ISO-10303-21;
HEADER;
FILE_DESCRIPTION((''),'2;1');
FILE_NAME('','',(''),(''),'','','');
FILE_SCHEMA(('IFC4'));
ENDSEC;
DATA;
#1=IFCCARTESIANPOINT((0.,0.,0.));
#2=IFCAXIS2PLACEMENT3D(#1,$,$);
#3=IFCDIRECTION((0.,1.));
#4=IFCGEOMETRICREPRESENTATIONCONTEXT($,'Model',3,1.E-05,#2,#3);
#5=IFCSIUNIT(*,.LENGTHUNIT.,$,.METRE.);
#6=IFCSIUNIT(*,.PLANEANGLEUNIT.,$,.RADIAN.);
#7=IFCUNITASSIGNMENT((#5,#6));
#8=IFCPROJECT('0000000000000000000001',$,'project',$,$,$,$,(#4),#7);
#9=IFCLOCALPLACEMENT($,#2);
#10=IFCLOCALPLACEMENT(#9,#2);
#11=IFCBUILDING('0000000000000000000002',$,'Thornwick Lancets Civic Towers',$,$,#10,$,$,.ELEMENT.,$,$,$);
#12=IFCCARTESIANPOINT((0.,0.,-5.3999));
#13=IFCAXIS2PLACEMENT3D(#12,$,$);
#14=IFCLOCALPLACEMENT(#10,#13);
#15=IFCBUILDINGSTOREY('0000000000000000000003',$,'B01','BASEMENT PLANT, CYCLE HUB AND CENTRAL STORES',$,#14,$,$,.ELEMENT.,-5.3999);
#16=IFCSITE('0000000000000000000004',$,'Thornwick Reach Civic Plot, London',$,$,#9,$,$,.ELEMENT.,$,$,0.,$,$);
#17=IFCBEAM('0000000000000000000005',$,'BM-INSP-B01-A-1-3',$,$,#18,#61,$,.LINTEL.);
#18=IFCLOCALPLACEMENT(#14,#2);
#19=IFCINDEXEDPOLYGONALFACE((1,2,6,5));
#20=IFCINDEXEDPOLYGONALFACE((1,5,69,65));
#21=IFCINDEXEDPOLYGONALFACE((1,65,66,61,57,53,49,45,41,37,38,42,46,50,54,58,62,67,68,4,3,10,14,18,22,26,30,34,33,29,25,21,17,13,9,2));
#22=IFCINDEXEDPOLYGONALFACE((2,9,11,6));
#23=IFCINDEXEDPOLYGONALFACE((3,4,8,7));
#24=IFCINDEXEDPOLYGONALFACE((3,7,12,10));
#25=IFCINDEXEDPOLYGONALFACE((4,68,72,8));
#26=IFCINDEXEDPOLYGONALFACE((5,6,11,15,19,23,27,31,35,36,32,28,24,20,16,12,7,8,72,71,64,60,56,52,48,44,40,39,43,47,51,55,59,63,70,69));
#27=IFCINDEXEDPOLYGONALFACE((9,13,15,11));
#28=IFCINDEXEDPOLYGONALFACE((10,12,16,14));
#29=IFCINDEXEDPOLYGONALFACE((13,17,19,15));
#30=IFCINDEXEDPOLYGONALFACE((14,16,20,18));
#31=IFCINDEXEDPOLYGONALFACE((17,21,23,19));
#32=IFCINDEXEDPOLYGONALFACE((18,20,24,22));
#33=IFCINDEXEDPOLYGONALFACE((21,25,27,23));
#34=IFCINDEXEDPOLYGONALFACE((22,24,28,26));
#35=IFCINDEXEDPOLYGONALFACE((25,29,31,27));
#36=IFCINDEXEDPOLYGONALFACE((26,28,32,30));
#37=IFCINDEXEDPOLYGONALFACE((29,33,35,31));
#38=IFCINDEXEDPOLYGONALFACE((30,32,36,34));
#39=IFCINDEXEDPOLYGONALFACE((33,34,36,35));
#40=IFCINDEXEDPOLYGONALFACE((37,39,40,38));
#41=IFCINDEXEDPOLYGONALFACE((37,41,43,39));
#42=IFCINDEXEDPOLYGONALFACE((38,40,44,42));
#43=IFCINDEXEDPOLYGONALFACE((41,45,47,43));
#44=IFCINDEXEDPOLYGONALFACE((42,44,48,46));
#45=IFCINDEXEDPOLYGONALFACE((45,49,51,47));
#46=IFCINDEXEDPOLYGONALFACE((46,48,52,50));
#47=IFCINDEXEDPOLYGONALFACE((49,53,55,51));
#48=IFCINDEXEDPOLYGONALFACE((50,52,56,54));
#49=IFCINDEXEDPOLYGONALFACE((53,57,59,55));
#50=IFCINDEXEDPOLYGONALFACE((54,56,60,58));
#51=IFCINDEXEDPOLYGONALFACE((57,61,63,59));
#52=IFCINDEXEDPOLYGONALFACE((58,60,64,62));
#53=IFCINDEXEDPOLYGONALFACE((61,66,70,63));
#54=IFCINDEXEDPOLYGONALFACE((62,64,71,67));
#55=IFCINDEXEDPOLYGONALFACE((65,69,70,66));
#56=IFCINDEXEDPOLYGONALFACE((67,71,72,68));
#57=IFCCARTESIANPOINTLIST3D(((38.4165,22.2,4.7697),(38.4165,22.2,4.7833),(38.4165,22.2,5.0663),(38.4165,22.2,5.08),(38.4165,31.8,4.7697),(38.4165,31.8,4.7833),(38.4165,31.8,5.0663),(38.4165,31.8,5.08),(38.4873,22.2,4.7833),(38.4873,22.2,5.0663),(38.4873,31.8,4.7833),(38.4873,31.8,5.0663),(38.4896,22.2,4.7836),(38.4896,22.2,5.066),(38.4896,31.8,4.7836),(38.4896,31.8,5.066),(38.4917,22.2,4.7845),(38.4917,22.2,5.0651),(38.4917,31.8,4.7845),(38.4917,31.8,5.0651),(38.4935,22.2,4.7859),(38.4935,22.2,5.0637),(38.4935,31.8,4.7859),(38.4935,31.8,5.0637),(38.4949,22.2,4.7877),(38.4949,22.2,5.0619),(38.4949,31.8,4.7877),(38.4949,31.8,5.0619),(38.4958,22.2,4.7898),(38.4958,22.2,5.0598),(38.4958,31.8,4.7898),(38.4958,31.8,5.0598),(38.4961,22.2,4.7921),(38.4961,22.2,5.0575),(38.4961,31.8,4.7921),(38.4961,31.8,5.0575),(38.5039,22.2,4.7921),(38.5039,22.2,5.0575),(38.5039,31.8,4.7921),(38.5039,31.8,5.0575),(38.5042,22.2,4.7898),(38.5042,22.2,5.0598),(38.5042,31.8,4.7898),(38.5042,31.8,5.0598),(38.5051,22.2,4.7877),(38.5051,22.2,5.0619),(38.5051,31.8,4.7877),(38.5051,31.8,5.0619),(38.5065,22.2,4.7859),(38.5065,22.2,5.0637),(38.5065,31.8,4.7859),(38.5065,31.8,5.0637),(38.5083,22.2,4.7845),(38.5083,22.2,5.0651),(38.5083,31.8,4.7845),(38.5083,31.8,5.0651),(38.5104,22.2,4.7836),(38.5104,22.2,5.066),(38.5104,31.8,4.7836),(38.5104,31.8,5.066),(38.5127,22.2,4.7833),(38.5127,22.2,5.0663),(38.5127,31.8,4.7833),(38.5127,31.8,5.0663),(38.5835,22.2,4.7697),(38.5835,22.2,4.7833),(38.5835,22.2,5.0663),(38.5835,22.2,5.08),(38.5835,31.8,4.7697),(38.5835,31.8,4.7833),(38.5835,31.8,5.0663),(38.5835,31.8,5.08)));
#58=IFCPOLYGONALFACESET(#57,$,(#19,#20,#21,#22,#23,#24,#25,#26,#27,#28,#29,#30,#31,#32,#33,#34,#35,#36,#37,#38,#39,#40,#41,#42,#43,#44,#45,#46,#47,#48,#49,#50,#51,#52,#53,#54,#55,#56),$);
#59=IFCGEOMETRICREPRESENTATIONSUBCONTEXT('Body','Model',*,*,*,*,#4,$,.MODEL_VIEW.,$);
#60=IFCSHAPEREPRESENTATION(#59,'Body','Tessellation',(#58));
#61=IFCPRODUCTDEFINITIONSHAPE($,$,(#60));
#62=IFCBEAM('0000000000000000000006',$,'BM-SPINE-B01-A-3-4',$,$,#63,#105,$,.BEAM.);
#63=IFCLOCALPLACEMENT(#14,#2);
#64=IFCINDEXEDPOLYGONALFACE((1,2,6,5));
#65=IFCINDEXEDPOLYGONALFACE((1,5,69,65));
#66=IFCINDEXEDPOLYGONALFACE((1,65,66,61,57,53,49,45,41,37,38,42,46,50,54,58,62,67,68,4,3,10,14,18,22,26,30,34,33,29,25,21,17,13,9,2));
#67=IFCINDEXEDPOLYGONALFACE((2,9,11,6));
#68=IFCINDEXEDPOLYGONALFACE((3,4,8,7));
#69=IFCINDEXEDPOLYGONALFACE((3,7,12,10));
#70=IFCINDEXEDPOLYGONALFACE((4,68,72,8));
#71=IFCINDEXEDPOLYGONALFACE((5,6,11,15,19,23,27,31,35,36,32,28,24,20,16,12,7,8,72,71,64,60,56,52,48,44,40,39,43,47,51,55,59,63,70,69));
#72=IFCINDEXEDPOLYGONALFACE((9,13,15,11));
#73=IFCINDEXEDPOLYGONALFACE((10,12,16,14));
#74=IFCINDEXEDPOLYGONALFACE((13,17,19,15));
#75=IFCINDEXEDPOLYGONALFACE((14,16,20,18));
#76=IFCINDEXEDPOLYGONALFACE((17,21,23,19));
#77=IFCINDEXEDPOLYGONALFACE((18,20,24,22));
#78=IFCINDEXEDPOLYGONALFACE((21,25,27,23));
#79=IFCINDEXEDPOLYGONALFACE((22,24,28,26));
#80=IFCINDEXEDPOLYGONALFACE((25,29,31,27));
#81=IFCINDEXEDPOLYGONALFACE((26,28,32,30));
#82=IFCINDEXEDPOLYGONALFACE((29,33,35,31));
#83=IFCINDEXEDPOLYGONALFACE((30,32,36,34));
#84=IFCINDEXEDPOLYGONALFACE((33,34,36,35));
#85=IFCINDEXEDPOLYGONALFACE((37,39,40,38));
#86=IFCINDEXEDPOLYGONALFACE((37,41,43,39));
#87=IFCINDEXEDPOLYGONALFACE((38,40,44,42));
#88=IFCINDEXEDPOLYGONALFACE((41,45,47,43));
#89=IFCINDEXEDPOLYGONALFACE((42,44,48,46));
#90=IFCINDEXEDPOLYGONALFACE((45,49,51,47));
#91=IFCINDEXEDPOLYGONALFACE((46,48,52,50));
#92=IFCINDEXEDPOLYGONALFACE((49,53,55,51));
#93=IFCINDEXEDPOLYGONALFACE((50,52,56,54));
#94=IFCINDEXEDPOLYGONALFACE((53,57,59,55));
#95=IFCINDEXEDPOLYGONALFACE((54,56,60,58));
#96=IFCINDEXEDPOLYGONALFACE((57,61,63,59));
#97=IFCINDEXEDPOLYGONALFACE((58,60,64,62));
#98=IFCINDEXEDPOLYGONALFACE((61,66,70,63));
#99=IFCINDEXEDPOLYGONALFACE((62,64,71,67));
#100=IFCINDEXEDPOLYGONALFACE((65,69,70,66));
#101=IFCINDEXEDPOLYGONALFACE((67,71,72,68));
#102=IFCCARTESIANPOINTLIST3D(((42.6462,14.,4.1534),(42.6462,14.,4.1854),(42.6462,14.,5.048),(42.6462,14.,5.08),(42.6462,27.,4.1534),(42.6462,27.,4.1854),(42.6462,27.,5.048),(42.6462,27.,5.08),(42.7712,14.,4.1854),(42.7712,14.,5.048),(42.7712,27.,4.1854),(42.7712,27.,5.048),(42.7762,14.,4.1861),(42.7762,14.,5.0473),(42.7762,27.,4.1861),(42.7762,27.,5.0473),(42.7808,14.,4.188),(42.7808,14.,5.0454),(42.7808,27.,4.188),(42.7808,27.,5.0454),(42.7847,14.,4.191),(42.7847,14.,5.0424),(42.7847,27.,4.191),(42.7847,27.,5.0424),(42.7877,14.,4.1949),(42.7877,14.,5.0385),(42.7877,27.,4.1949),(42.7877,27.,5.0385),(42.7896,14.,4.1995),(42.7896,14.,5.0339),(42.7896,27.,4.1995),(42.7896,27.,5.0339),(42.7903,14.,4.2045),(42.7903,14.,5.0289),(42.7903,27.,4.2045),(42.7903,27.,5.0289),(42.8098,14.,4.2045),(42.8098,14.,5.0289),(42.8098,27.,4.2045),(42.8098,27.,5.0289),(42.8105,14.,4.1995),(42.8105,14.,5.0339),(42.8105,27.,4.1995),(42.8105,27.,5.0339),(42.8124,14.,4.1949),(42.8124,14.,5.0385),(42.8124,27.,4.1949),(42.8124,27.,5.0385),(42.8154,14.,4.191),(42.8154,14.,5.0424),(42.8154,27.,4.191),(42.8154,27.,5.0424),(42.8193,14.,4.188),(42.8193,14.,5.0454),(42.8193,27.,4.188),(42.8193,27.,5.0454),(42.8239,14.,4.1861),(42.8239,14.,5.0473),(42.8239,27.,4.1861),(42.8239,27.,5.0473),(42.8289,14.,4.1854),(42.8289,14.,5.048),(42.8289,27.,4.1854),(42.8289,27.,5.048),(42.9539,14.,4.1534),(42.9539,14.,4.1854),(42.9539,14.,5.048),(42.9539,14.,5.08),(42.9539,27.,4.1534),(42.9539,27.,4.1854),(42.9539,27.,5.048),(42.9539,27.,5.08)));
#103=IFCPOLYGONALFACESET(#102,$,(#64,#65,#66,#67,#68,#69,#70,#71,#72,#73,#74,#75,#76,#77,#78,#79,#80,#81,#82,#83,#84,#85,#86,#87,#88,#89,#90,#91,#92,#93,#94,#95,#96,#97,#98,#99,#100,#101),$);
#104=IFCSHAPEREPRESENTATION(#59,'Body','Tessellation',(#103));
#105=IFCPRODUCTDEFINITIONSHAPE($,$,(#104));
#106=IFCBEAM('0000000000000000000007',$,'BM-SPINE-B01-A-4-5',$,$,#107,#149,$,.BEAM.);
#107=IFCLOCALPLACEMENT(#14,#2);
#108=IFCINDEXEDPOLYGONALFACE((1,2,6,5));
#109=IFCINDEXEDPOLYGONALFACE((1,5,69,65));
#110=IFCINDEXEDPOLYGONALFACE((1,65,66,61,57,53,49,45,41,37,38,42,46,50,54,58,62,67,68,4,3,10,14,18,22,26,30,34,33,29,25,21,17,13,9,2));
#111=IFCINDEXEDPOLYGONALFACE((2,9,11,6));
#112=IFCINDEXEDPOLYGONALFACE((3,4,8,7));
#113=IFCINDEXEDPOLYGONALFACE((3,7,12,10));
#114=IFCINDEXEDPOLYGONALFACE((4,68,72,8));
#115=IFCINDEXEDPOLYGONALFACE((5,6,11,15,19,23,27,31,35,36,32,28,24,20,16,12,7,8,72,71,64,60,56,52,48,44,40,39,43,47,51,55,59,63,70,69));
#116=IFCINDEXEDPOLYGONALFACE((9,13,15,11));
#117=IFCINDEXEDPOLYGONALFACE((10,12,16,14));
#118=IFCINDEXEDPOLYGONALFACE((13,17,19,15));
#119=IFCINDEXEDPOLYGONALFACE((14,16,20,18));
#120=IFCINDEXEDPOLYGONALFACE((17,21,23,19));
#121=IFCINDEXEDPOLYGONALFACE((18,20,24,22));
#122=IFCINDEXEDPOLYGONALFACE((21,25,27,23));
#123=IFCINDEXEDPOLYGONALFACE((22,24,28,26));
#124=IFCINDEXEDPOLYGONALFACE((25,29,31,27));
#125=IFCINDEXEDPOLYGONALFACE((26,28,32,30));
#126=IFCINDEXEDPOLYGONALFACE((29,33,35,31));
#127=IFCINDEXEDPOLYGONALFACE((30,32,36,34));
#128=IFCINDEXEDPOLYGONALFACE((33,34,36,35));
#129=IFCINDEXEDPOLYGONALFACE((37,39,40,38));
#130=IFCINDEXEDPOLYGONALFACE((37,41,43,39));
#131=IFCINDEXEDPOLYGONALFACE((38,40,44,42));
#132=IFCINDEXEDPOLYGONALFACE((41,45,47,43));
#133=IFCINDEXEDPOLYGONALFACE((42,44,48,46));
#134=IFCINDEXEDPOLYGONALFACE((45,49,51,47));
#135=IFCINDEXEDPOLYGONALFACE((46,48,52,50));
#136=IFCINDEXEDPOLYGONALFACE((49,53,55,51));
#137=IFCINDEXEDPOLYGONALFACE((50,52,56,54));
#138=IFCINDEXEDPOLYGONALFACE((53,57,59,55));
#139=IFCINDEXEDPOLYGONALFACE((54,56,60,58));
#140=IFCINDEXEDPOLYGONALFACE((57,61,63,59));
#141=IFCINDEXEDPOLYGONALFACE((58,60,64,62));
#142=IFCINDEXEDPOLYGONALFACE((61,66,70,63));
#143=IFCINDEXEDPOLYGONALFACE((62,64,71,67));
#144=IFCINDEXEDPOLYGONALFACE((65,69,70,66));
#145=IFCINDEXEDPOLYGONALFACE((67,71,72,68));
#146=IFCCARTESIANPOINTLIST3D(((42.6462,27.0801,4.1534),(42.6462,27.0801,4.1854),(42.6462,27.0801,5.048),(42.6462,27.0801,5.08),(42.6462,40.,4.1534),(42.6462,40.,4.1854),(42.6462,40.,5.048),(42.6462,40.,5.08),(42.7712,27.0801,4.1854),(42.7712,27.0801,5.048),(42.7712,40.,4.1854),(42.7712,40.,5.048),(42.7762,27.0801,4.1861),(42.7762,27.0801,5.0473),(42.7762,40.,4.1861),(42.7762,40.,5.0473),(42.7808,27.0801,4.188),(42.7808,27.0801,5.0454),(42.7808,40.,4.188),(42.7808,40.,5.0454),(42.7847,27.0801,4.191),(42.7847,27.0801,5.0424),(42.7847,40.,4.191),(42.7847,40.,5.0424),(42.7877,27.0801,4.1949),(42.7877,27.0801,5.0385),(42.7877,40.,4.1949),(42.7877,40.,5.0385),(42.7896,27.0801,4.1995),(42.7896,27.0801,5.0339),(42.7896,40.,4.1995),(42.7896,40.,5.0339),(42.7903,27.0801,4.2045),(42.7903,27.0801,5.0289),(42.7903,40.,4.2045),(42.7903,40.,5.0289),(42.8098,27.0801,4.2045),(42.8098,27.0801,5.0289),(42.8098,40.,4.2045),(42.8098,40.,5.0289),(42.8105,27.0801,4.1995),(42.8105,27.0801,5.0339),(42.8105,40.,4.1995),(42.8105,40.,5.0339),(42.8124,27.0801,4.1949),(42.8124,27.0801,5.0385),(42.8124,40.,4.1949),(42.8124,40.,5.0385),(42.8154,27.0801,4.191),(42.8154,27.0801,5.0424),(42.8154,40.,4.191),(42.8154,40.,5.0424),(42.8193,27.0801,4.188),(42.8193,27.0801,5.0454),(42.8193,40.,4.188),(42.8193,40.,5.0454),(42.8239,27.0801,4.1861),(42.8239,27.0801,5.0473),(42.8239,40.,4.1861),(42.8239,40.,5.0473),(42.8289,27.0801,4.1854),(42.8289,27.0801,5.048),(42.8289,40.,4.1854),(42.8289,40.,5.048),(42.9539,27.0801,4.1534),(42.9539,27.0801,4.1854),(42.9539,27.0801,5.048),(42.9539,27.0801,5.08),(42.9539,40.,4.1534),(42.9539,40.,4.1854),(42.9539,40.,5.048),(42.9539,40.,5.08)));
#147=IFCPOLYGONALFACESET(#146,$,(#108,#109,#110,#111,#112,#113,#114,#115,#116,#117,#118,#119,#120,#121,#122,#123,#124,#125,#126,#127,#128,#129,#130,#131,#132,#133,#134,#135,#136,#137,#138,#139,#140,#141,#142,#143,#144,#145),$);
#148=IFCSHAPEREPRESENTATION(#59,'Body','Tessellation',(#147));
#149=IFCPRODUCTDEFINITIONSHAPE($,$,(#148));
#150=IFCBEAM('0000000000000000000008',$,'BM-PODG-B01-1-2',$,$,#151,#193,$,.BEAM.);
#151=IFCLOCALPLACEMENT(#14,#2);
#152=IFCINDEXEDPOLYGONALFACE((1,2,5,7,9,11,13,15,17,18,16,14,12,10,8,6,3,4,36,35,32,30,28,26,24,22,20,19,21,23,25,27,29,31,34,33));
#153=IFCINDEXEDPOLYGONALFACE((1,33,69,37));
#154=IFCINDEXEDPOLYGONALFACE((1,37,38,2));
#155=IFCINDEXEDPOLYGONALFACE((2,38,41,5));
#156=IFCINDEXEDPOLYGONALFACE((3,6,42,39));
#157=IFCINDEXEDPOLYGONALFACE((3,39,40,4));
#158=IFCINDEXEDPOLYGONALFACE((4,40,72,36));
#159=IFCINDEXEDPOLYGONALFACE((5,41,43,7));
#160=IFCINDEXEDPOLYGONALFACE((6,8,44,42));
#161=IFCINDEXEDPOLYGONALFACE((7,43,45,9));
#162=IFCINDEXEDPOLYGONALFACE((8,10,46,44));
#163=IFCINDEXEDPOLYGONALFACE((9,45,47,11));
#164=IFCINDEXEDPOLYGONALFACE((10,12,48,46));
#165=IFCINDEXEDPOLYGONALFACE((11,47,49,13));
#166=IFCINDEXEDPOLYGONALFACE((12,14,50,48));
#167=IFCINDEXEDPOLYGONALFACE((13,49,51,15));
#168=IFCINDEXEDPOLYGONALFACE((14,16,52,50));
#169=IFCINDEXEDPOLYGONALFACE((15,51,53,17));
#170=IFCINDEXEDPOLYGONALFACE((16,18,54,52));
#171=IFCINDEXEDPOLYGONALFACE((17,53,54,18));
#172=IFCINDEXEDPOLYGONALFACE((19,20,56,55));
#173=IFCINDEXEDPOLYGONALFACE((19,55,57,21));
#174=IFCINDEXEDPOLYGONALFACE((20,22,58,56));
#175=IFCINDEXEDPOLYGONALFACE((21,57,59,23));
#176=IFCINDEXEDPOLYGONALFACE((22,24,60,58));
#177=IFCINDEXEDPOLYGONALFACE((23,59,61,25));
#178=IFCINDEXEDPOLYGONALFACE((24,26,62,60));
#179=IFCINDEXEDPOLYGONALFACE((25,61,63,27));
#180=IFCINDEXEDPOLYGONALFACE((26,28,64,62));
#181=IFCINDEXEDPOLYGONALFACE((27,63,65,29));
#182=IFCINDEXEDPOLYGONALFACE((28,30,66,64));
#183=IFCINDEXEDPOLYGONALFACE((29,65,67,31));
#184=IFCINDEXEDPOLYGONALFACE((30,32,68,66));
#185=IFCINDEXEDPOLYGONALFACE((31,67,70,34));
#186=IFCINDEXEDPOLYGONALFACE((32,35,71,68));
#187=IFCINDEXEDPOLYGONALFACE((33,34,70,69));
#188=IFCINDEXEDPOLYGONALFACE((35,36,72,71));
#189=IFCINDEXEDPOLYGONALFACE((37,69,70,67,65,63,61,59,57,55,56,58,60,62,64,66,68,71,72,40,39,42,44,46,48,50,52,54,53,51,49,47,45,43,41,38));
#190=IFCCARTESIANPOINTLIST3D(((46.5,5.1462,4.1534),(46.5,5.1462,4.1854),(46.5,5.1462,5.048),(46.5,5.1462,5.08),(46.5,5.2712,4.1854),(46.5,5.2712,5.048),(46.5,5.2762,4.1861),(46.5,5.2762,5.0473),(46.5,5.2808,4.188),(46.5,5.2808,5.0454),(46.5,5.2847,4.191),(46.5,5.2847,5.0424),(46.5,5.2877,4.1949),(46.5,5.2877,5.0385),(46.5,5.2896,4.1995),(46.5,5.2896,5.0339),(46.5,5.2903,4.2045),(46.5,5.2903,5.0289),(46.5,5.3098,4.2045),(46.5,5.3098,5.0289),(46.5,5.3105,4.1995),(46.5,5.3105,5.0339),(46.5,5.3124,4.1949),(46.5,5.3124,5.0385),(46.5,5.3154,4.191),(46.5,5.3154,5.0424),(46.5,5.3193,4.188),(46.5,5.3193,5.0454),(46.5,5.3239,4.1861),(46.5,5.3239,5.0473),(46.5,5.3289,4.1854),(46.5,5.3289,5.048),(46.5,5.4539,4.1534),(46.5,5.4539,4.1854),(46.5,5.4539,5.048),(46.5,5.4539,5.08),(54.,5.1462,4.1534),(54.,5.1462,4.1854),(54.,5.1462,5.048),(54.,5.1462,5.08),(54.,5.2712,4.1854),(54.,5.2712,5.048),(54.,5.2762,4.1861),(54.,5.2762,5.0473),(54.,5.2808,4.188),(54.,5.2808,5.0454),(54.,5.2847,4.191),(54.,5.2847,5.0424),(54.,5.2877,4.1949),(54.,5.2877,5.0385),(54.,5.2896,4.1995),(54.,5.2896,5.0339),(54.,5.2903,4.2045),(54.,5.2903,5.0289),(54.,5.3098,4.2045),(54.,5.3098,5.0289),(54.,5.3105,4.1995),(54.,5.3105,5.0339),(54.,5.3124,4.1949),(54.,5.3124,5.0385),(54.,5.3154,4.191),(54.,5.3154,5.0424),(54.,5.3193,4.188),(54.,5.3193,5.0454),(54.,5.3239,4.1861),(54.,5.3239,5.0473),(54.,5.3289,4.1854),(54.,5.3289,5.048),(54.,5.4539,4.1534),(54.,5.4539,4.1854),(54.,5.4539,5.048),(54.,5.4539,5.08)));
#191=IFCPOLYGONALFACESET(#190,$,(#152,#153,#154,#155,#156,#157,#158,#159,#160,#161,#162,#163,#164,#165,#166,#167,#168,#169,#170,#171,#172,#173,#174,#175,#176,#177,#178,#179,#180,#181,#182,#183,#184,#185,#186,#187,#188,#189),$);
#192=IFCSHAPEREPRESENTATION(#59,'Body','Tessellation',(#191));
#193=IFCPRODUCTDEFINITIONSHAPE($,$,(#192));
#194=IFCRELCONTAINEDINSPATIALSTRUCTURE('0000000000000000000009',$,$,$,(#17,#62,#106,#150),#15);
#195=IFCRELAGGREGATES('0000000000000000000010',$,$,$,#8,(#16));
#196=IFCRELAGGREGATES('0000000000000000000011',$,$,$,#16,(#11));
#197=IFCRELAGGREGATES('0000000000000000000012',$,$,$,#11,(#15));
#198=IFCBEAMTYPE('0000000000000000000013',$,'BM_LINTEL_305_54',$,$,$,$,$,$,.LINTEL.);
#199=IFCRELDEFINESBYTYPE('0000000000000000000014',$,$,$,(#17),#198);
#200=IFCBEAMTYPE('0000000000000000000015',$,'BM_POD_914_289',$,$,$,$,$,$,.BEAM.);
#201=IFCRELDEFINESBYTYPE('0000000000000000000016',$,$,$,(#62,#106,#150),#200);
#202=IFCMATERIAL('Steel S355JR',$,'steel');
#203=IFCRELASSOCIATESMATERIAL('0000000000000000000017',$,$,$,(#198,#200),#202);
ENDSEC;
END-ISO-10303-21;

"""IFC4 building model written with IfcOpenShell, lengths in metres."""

from ifc_helpers import new_model, si_unit, direction, frame, origin, origin_2d, place, context, subcontext, project, spatial, i_section, extrude, material, material_profile, profile_set, type_object, element, save


model = new_model("IFC4")

# Units and contexts
model_context = context("Model", 3, precision=1e-05, world=origin(), true_north=direction((0.0, 1.0)))
body_context = subcontext(model_context, "Body", "Model", "MODEL_VIEW")
ifc_project = project(units=[si_unit("LENGTHUNIT", "METRE"), si_unit("PLANEANGLEUNIT", "RADIAN")], contexts=[model_context])

# Site, building, storey
site_placement = place(None, origin())
site = spatial("IfcSite", under=ifc_project, at=site_placement, Name="Thornwick Reach Civic Plot, London", CompositionType="ELEMENT", RefElevation=0.0)
building_placement = place(site_placement, origin())
building = spatial("IfcBuilding", under=site, at=building_placement, Name="Thornwick Lancets Civic Towers", CompositionType="ELEMENT")
storey_placement = place(building_placement, frame((0.0, 0.0, -5.3999)))
storey = spatial("IfcBuildingStorey", under=building, at=storey_placement, Name="B01", Description="BASEMENT PLANT, CYCLE HUB AND CENTRAL STORES", CompositionType="ELEMENT", Elevation=-5.3999)

# Beams
ifc_material_1 = material(Name="Steel S355JR", Category="steel")
ifc_material_profile_1 = material_profile(ifc_material_1, i_section(OverallWidth=0.167, OverallDepth=0.3103, WebThickness=0.0078, FlangeThickness=0.0137, FilletRadius=0.0088, at=origin_2d()), Name="UKB 305x165x54")
ifc_profile_set_1 = profile_set([ifc_material_profile_1], Name="Steel S355JR")
beam_type_1 = type_object("IfcBeamType", Name="BM_LINTEL_305_54", PredefinedType="LINTEL", material=ifc_profile_set_1)
beam_1_placement = place(storey_placement, frame((38.5, 22.2, 4.9248), z_axis=(0.0, 1.0, 0.0), x_axis=(-1.0, 0.0, 0.0)))
element("IfcBeam", 1, at=beam_1_placement, inside=storey, type_object=beam_type_1, Name="BM-INSP-B01-A-1-3", PredefinedType="LINTEL", context=body_context, shape_type="SweptSolid", body=[
    extrude(i_section(OverallWidth=0.167, OverallDepth=0.3103, WebThickness=0.0078, FlangeThickness=0.0137, FilletRadius=0.0088, at=origin_2d()), origin(), (0.0, 0.0, 1.0), 9.6001),
])
ifc_material_profile_2 = material_profile(ifc_material_1, i_section(OverallWidth=0.3076, OverallDepth=0.9265, WebThickness=0.0195, FlangeThickness=0.032, FilletRadius=0.019, at=origin_2d()), Name="UKB 914x305x289")
ifc_profile_set_2 = profile_set([ifc_material_profile_2], Name="Steel S355JR")
beam_type_2 = type_object("IfcBeamType", Name="BM_POD_914_289", PredefinedType="BEAM", material=ifc_profile_set_2)
beam_2_placement = place(storey_placement, frame((42.8, 14.0, 4.6167), z_axis=(0.0, 1.0, 0.0), x_axis=(-1.0, 0.0, 0.0)))
element("IfcBeam", 2, at=beam_2_placement, inside=storey, type_object=beam_type_2, Name="BM-SPINE-B01-A-3-4", PredefinedType="BEAM", context=body_context, shape_type="SweptSolid", body=[
    extrude(i_section(OverallWidth=0.3076, OverallDepth=0.9265, WebThickness=0.0195, FlangeThickness=0.032, FilletRadius=0.019, at=origin_2d()), origin(), (0.0, 0.0, 1.0), 13.0),
])
beam_3_placement = place(storey_placement, frame((42.8, 27.0801, 4.6167), z_axis=(0.0, 1.0, 0.0), x_axis=(-1.0, 0.0, 0.0)))
element("IfcBeam", 3, at=beam_3_placement, inside=storey, type_object=beam_type_2, Name="BM-SPINE-B01-A-4-5", PredefinedType="BEAM", context=body_context, shape_type="SweptSolid", body=[
    extrude(i_section(OverallWidth=0.3076, OverallDepth=0.9265, WebThickness=0.0195, FlangeThickness=0.032, FilletRadius=0.019, at=origin_2d()), origin(), (0.0, 0.0, 1.0), 12.9199),
])
beam_4_placement = place(storey_placement, frame((46.5, 5.3, 4.6167), z_axis=(1.0, 0.0, 0.0), x_axis=(0.0, 1.0, 0.0)))
element("IfcBeam", 4, at=beam_4_placement, inside=storey, type_object=beam_type_2, Name="BM-PODG-B01-1-2", PredefinedType="BEAM", context=body_context, shape_type="SweptSolid", body=[
    extrude(i_section(OverallWidth=0.3076, OverallDepth=0.9265, WebThickness=0.0195, FlangeThickness=0.032, FilletRadius=0.019, at=origin_2d()), origin(), (0.0, 0.0, 1.0), 7.5),
])

save(model, "model.ifc")
